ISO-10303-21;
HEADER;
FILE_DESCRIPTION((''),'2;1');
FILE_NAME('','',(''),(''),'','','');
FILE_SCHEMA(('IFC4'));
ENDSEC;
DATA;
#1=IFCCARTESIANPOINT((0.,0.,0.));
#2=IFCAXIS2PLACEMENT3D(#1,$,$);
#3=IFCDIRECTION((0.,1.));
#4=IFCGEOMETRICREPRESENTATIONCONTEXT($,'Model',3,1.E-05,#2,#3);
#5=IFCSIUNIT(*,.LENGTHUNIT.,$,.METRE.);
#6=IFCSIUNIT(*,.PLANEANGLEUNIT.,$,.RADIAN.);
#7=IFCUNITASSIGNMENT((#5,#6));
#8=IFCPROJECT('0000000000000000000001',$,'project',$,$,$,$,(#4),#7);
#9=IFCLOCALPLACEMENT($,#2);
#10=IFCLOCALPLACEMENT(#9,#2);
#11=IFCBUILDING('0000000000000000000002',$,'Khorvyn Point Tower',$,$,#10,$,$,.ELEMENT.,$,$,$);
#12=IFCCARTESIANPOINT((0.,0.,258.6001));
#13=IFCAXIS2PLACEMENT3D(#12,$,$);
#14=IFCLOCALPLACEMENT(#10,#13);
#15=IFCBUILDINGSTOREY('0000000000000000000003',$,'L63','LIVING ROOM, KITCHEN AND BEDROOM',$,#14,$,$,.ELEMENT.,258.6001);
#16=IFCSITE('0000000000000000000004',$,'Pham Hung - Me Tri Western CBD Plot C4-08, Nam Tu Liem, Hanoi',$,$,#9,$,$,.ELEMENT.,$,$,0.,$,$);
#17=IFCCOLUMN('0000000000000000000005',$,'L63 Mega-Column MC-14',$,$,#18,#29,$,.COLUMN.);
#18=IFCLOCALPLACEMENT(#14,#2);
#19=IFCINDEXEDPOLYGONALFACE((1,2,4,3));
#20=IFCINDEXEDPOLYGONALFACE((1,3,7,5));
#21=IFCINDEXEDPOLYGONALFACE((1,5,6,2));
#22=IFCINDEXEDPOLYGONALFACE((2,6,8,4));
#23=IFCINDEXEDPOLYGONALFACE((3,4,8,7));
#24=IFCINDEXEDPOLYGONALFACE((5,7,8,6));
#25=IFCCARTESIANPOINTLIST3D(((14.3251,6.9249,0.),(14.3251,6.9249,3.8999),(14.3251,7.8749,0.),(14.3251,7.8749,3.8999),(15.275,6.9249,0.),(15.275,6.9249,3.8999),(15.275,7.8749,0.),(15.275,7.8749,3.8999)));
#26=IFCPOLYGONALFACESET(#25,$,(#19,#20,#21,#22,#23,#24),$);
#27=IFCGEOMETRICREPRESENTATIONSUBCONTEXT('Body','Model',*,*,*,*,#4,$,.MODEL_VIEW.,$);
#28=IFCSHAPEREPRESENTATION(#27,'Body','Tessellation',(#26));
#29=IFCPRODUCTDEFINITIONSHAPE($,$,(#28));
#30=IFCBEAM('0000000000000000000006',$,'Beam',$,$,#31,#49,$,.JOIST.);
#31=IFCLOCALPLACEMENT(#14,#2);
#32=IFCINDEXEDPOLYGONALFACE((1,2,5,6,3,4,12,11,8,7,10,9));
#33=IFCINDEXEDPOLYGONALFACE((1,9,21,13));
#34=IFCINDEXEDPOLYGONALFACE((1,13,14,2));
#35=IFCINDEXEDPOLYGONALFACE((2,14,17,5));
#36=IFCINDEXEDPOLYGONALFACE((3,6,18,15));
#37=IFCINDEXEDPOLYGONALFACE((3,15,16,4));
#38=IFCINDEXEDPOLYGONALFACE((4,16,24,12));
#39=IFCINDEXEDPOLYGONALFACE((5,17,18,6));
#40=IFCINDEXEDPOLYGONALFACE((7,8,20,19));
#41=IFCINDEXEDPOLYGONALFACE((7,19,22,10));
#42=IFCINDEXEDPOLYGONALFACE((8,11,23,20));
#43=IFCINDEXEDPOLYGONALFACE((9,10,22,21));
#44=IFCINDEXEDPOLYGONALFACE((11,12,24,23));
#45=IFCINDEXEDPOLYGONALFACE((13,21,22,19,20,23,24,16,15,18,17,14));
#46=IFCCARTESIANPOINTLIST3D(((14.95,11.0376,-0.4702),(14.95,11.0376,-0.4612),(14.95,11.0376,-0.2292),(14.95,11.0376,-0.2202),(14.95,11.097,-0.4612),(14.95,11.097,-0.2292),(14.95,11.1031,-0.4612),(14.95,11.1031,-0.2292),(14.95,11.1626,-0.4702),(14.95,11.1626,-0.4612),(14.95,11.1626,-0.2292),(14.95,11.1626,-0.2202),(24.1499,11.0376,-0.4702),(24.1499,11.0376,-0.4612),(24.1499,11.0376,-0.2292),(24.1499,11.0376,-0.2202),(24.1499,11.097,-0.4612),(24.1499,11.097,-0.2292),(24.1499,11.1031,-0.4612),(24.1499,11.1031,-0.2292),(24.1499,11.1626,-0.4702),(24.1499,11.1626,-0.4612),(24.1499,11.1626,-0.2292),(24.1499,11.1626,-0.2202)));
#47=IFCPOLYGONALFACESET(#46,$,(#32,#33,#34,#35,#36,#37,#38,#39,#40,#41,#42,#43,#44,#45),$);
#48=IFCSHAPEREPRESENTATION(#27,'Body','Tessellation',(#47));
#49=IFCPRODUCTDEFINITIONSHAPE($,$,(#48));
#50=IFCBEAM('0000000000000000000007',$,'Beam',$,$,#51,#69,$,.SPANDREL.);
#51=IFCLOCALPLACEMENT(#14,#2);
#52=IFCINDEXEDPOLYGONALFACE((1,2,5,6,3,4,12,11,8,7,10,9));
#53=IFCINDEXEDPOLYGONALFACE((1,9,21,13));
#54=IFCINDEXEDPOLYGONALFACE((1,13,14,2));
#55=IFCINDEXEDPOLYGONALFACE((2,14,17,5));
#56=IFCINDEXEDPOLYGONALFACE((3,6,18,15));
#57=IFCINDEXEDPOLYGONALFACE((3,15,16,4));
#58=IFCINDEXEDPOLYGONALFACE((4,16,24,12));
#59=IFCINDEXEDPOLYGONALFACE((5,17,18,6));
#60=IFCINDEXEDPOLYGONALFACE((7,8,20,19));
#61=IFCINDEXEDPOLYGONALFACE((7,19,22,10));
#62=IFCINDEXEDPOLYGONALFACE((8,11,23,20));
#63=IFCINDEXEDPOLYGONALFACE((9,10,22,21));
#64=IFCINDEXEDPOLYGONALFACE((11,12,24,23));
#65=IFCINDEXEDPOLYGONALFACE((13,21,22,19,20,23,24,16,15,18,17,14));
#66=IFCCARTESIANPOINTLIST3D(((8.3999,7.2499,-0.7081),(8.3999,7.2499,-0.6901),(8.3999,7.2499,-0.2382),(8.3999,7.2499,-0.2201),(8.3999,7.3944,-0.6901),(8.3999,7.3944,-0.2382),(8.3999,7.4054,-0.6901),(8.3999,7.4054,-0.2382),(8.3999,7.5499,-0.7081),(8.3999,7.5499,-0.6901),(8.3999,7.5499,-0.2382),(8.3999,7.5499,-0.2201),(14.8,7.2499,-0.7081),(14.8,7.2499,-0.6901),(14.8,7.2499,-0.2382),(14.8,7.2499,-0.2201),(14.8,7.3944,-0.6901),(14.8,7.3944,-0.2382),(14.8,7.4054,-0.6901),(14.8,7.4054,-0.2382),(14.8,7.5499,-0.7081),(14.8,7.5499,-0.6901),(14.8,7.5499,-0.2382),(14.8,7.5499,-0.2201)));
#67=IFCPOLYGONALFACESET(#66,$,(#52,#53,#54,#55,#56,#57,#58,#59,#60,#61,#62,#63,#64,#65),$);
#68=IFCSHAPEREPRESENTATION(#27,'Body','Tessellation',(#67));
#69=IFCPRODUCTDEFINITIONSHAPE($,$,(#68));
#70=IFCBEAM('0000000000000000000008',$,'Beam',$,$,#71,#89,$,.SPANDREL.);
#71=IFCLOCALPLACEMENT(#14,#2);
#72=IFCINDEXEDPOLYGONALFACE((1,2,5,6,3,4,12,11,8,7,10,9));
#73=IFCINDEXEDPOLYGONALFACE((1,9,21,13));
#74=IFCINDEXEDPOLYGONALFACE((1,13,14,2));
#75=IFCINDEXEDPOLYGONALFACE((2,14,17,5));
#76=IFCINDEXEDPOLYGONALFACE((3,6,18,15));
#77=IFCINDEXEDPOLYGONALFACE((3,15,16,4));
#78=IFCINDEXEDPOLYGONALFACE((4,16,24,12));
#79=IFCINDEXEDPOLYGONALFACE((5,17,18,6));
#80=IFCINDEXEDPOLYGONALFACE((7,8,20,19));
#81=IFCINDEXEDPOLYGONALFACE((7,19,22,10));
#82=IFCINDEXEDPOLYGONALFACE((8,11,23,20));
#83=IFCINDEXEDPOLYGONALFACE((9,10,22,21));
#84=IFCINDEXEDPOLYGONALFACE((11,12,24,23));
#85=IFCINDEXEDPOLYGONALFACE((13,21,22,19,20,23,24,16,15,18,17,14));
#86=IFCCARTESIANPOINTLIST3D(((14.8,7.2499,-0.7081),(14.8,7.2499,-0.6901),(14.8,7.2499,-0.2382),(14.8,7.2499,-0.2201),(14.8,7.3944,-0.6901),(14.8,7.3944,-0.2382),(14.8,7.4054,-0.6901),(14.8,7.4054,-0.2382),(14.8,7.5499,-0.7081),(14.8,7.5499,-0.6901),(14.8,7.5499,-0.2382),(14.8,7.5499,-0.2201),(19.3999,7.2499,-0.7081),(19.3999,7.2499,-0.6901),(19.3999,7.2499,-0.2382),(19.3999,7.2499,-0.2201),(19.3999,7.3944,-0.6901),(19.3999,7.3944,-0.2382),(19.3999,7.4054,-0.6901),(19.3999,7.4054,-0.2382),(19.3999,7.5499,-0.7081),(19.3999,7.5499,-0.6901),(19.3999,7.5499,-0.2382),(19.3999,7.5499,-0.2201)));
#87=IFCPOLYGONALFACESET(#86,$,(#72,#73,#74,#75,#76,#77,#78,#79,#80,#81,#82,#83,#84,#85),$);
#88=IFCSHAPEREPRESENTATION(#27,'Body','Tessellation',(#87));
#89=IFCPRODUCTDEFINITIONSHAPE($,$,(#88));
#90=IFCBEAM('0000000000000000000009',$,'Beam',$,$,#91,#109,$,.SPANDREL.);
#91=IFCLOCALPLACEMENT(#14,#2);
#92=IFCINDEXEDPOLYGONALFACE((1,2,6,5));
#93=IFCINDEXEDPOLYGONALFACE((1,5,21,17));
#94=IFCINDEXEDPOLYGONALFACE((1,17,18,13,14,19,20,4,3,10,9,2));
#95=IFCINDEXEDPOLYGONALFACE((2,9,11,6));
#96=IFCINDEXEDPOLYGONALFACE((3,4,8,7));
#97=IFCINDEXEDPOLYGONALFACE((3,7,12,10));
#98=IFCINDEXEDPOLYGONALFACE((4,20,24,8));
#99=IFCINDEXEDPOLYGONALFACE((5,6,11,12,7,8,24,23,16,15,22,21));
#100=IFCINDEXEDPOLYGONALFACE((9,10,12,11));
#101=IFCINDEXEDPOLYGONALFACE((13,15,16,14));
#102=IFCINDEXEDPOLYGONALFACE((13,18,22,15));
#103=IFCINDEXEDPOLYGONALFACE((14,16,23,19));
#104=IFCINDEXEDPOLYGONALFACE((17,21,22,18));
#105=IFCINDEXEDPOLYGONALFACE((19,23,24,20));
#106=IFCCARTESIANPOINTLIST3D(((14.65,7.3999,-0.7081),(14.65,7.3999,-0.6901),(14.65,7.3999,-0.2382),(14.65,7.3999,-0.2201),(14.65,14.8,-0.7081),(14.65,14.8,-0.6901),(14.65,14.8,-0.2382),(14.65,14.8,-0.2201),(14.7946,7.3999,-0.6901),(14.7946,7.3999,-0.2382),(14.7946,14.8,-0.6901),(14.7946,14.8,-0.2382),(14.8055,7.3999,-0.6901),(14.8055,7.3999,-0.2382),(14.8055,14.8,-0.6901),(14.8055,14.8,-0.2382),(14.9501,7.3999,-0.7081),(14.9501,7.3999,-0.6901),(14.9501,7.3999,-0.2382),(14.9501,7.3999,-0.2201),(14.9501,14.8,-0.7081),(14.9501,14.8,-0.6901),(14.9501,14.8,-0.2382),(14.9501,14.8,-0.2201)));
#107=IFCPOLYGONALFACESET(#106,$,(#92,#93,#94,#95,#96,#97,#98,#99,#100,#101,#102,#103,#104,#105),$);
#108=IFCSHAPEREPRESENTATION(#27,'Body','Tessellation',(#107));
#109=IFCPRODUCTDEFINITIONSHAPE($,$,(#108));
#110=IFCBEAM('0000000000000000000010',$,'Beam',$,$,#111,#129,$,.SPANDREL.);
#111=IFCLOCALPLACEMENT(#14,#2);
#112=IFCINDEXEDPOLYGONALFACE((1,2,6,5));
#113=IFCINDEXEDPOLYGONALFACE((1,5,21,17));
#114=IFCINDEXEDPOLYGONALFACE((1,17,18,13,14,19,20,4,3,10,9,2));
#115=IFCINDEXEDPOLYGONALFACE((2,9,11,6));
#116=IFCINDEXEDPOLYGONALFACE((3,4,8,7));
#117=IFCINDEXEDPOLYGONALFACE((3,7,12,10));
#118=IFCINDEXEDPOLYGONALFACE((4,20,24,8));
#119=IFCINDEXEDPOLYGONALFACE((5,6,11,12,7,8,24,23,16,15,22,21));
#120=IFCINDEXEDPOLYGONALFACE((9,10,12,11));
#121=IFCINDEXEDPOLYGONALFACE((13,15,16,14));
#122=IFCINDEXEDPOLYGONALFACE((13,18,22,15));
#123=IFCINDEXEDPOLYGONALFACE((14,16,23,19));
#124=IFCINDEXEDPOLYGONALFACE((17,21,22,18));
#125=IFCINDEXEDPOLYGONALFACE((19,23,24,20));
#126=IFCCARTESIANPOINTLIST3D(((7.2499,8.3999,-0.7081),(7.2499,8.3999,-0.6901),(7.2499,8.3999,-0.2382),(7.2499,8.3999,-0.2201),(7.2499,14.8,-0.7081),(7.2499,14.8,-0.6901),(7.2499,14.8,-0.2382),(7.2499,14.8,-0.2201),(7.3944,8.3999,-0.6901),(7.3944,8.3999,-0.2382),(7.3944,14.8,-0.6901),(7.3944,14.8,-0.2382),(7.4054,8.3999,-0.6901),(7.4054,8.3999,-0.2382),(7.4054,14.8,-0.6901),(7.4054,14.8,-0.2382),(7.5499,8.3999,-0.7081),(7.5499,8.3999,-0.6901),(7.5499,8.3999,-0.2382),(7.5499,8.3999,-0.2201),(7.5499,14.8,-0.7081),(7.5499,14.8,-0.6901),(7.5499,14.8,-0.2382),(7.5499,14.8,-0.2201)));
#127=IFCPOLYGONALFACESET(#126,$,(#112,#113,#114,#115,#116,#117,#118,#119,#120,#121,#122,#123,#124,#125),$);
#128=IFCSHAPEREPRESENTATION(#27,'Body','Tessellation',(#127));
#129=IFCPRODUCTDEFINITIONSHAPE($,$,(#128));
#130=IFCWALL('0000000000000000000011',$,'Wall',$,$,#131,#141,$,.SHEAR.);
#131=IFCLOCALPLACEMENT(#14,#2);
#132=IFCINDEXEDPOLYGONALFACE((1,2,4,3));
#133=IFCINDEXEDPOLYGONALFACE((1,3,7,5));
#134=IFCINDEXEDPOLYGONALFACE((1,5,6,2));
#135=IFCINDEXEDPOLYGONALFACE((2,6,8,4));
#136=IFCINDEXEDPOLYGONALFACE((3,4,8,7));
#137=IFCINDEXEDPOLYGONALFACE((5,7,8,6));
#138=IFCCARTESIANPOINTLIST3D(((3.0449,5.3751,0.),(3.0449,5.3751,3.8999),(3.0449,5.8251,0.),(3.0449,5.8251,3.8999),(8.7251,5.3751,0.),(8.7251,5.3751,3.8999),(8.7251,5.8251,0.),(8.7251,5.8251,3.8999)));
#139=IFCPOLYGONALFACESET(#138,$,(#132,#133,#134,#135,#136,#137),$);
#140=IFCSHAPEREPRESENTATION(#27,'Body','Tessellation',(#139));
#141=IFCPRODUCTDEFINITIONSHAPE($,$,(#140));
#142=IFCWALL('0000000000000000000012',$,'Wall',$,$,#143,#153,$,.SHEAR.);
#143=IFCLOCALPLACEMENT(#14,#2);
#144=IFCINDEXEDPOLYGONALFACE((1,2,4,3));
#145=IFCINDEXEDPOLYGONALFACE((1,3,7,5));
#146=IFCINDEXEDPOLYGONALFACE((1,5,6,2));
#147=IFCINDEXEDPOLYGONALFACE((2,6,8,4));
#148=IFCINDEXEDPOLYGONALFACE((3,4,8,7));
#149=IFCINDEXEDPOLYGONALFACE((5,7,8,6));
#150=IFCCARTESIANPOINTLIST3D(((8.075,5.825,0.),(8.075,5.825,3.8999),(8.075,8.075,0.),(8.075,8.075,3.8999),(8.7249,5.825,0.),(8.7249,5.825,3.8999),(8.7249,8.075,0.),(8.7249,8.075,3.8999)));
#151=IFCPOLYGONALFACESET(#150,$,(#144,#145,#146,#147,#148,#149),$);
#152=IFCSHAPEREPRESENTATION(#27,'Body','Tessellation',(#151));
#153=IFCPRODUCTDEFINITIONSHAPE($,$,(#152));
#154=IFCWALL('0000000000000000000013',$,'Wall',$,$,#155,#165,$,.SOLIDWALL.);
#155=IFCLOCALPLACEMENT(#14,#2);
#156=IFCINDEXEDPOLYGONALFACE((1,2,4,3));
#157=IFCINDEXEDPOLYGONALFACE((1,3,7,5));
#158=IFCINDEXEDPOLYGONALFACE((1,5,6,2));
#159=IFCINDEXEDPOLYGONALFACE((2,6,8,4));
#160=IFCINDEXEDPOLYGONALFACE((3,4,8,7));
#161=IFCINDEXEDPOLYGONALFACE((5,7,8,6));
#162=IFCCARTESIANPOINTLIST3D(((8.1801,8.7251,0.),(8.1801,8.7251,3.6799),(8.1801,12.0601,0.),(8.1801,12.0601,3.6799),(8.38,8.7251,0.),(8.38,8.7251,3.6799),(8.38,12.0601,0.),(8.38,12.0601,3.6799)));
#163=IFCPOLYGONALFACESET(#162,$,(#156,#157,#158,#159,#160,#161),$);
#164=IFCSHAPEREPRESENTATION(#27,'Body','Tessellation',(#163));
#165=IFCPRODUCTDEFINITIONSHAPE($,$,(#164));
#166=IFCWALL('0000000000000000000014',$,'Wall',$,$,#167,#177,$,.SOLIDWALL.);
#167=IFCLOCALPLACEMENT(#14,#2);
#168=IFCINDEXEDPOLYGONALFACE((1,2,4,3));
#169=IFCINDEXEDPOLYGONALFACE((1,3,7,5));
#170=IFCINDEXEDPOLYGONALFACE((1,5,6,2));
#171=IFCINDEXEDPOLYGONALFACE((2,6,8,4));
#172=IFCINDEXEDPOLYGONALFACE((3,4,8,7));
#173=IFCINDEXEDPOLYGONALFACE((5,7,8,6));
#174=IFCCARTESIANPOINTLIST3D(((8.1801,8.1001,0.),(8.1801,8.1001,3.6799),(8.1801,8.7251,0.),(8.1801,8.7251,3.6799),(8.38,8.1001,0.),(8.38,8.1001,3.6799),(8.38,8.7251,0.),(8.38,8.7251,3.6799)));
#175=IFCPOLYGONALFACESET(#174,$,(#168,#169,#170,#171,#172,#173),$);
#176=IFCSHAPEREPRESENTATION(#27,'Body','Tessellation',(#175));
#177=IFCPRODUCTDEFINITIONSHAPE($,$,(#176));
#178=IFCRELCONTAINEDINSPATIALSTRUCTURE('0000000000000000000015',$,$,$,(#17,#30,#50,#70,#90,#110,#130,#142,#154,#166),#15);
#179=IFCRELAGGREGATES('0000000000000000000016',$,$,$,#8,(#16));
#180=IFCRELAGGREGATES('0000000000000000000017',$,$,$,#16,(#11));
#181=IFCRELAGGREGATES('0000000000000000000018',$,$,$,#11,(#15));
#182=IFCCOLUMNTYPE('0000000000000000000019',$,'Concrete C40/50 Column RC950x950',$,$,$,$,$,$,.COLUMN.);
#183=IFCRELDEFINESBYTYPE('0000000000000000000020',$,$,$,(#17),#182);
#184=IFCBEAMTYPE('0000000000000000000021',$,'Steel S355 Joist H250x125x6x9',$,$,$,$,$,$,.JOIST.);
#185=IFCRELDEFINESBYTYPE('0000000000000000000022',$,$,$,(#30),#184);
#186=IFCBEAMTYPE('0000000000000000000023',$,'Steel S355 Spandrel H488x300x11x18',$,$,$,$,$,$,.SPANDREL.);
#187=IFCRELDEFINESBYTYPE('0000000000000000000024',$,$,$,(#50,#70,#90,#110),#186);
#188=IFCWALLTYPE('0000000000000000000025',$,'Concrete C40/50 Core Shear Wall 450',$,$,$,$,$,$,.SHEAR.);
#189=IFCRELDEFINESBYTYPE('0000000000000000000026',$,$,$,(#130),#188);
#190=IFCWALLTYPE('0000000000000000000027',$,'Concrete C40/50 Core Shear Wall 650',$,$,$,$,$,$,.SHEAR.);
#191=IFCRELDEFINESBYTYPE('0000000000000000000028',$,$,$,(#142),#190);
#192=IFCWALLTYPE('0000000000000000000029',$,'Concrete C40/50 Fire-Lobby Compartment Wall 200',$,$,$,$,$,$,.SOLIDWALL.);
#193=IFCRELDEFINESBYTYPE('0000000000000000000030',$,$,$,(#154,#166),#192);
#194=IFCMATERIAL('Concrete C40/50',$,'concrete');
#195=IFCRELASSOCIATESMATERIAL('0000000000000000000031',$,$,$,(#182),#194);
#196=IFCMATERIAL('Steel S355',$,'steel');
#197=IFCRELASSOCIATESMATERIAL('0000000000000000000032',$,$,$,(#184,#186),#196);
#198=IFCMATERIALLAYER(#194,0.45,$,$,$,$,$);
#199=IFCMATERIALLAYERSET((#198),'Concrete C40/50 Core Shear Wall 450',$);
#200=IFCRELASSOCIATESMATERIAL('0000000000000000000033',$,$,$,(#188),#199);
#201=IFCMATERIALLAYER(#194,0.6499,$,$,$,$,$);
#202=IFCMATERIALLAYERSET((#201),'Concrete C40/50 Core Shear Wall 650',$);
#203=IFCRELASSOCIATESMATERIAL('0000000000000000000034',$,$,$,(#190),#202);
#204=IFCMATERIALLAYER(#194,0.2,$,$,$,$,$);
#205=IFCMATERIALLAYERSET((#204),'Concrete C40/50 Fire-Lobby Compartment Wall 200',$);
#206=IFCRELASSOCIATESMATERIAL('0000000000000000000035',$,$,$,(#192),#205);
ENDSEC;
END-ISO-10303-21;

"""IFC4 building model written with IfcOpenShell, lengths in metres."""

from ifc_helpers import new_model, si_unit, direction, frame, frame_2d, origin, origin_2d, place, context, subcontext, project, spatial, rectangle, i_section, extrude, material, layer, layer_set, material_profile, profile_set, type_object, element, save


model = new_model("IFC4")

# Units and contexts
model_context = context("Model", 3, precision=1e-05, world=origin(), true_north=direction((0.0, 1.0)))
body_context = subcontext(model_context, "Body", "Model", "MODEL_VIEW")
ifc_project = project(units=[si_unit("LENGTHUNIT", "METRE"), si_unit("PLANEANGLEUNIT", "RADIAN")], contexts=[model_context])

# Site, building, storey
site_placement = place(None, origin())
site = spatial("IfcSite", under=ifc_project, at=site_placement, Name="Pham Hung - Me Tri Western CBD Plot C4-08, Nam Tu Liem, Hanoi", CompositionType="ELEMENT", RefElevation=0.0)
building_placement = place(site_placement, origin())
building = spatial("IfcBuilding", under=site, at=building_placement, Name="Khorvyn Point Tower", CompositionType="ELEMENT")
storey_placement = place(building_placement, frame((0.0, 0.0, 258.6001)))
storey = spatial("IfcBuildingStorey", under=building, at=storey_placement, Name="L63", Description="LIVING ROOM, KITCHEN AND BEDROOM", CompositionType="ELEMENT", Elevation=258.6001)

# Column
ifc_material_1 = material(Name="Concrete C40/50", Category="concrete")
ifc_material_profile_1 = material_profile(ifc_material_1, rectangle(XDim=0.95, YDim=0.95, at=origin_2d()))
ifc_profile_set_1 = profile_set([ifc_material_profile_1], Name="Concrete C40/50 RC950x950")
column_type = type_object("IfcColumnType", Name="Concrete C40/50 Column RC950x950", PredefinedType="COLUMN", material=ifc_profile_set_1)
column_placement = place(storey_placement, frame((14.8, 7.3999, 0.0), z_axis=(0.0, 0.0, 1.0), x_axis=(1.0, 0.0, 0.0)))
element("IfcColumn", 1, at=column_placement, inside=storey, type_object=column_type, Name="L63 Mega-Column MC-14", PredefinedType="COLUMN", context=body_context, shape_type="SweptSolid", body=[
    extrude(rectangle(XDim=0.95, YDim=0.95, at=origin_2d()), origin(), (0.0, 0.0, 1.0), 3.8999),
])

# Beams
ifc_material_2 = material(Name="Steel S355", Category="steel")
ifc_material_profile_2 = material_profile(ifc_material_2, i_section(OverallWidth=0.125, OverallDepth=0.25, WebThickness=0.0061, FlangeThickness=0.009, at=origin_2d()))
ifc_profile_set_2 = profile_set([ifc_material_profile_2], Name="Steel S355 H250x125x6x9")
beam_type_1 = type_object("IfcBeamType", Name="Steel S355 Joist H250x125x6x9", PredefinedType="JOIST", material=ifc_profile_set_2)
beam_1_placement = place(storey_placement, frame((14.95, 11.1001, -0.3452), z_axis=(1.0, 0.0, 0.0), x_axis=(0.0, 1.0, 0.0)))
element("IfcBeam", 2, at=beam_1_placement, inside=storey, type_object=beam_type_1, Name="Beam", PredefinedType="JOIST", context=body_context, shape_type="SweptSolid", body=[
    extrude(i_section(OverallWidth=0.125, OverallDepth=0.25, WebThickness=0.0061, FlangeThickness=0.009, at=origin_2d()), origin(), (0.0, 0.0, 1.0), 9.2),
])
ifc_material_profile_3 = material_profile(ifc_material_2, i_section(OverallWidth=0.3, OverallDepth=0.488, WebThickness=0.011, FlangeThickness=0.0181, at=origin_2d()))
ifc_profile_set_3 = profile_set([ifc_material_profile_3], Name="Steel S355 H488x300x11x18")
beam_type_2 = type_object("IfcBeamType", Name="Steel S355 Spandrel H488x300x11x18", PredefinedType="SPANDREL", material=ifc_profile_set_3)
beam_2_placement = place(storey_placement, frame((8.3999, 7.3999, -0.4641), z_axis=(1.0, 0.0, 0.0), x_axis=(0.0, 1.0, 0.0)))
element("IfcBeam", 3, at=beam_2_placement, inside=storey, type_object=beam_type_2, Name="Beam", PredefinedType="SPANDREL", context=body_context, shape_type="SweptSolid", body=[
    extrude(i_section(OverallWidth=0.3, OverallDepth=0.488, WebThickness=0.011, FlangeThickness=0.0181, at=origin_2d()), origin(), (0.0, 0.0, 1.0), 6.4001),
])
beam_3_placement = place(storey_placement, frame((14.8, 7.3999, -0.4641), z_axis=(1.0, 0.0, 0.0), x_axis=(0.0, 1.0, 0.0)))
element("IfcBeam", 4, at=beam_3_placement, inside=storey, type_object=beam_type_2, Name="Beam", PredefinedType="SPANDREL", context=body_context, shape_type="SweptSolid", body=[
    extrude(i_section(OverallWidth=0.3, OverallDepth=0.488, WebThickness=0.011, FlangeThickness=0.0181, at=origin_2d()), origin(), (0.0, 0.0, 1.0), 4.5999),
])
beam_4_placement = place(storey_placement, frame((14.8, 7.3999, -0.4641), z_axis=(0.0, 1.0, 0.0), x_axis=(-1.0, 0.0, 0.0)))
element("IfcBeam", 5, at=beam_4_placement, inside=storey, type_object=beam_type_2, Name="Beam", PredefinedType="SPANDREL", context=body_context, shape_type="SweptSolid", body=[
    extrude(i_section(OverallWidth=0.3, OverallDepth=0.488, WebThickness=0.011, FlangeThickness=0.0181, at=origin_2d()), origin(), (0.0, 0.0, 1.0), 7.4001),
])
beam_5_placement = place(storey_placement, frame((7.3999, 8.3999, -0.4641), z_axis=(0.0, 1.0, 0.0), x_axis=(-1.0, 0.0, 0.0)))
element("IfcBeam", 6, at=beam_5_placement, inside=storey, type_object=beam_type_2, Name="Beam", PredefinedType="SPANDREL", context=body_context, shape_type="SweptSolid", body=[
    extrude(i_section(OverallWidth=0.3, OverallDepth=0.488, WebThickness=0.011, FlangeThickness=0.0181, at=origin_2d()), origin(), (0.0, 0.0, 1.0), 6.4001),
])

# Walls
ifc_layer_1 = layer(ifc_material_1, 0.45)
ifc_layer_set_1 = layer_set([ifc_layer_1], Name="Concrete C40/50 Core Shear Wall 450")
wall_type_1 = type_object("IfcWallType", Name="Concrete C40/50 Core Shear Wall 450", PredefinedType="SHEAR", material=ifc_layer_set_1)
wall_1_placement = place(storey_placement, frame((3.0449, 5.6001, 0.0), z_axis=(0.0, 0.0, 1.0), x_axis=(1.0, 0.0, 0.0)))
element("IfcWall", 7, at=wall_1_placement, inside=storey, type_object=wall_type_1, Name="Wall", PredefinedType="SHEAR", context=body_context, shape_type="SweptSolid", body=[
    extrude(rectangle(XDim=5.6802, YDim=0.45, at=frame_2d((2.8401, 0.0))), origin(), (0.0, 0.0, 1.0), 3.8999),
])
ifc_layer_2 = layer(ifc_material_1, 0.6499)
ifc_layer_set_2 = layer_set([ifc_layer_2], Name="Concrete C40/50 Core Shear Wall 650")
wall_type_2 = type_object("IfcWallType", Name="Concrete C40/50 Core Shear Wall 650", PredefinedType="SHEAR", material=ifc_layer_set_2)
wall_2_placement = place(storey_placement, frame((8.3999, 5.825, 0.0), z_axis=(0.0, 0.0, 1.0), x_axis=(0.0, 1.0, 0.0)))
element("IfcWall", 8, at=wall_2_placement, inside=storey, type_object=wall_type_2, Name="Wall", PredefinedType="SHEAR", context=body_context, shape_type="SweptSolid", body=[
    extrude(rectangle(XDim=2.25, YDim=0.6499, at=frame_2d((1.125, 0.0))), origin(), (0.0, 0.0, 1.0), 3.8999),
])

# Shared definitions
ifc_layer_3 = layer(ifc_material_1, 0.2)
ifc_layer_set_3 = layer_set([ifc_layer_3], Name="Concrete C40/50 Fire-Lobby Compartment Wall 200")
wall_type_3 = type_object("IfcWallType", Name="Concrete C40/50 Fire-Lobby Compartment Wall 200", PredefinedType="SOLIDWALL", material=ifc_layer_set_3)

# Walls
wall_3_placement = place(storey_placement, frame((8.28, 8.7251, 0.0), z_axis=(0.0, 0.0, 1.0), x_axis=(0.0, 1.0, 0.0)))
element("IfcWall", 9, at=wall_3_placement, inside=storey, type_object=wall_type_3, Name="Wall", PredefinedType="SOLIDWALL", context=body_context, shape_type="SweptSolid", body=[
    extrude(rectangle(XDim=3.335, YDim=0.2, at=frame_2d((1.6675, 0.0))), origin(), (0.0, 0.0, 1.0), 3.6799),
])
wall_4_placement = place(storey_placement, frame((8.28, 8.1001, 0.0), z_axis=(0.0, 0.0, 1.0), x_axis=(0.0, 1.0, 0.0)))
element("IfcWall", 10, at=wall_4_placement, inside=storey, type_object=wall_type_3, Name="Wall", PredefinedType="SOLIDWALL", context=body_context, shape_type="SweptSolid", body=[
    extrude(rectangle(XDim=0.625, YDim=0.2, at=frame_2d((0.3125, 0.0))), origin(), (0.0, 0.0, 1.0), 3.6799),
])

save(model, "model.ifc")
